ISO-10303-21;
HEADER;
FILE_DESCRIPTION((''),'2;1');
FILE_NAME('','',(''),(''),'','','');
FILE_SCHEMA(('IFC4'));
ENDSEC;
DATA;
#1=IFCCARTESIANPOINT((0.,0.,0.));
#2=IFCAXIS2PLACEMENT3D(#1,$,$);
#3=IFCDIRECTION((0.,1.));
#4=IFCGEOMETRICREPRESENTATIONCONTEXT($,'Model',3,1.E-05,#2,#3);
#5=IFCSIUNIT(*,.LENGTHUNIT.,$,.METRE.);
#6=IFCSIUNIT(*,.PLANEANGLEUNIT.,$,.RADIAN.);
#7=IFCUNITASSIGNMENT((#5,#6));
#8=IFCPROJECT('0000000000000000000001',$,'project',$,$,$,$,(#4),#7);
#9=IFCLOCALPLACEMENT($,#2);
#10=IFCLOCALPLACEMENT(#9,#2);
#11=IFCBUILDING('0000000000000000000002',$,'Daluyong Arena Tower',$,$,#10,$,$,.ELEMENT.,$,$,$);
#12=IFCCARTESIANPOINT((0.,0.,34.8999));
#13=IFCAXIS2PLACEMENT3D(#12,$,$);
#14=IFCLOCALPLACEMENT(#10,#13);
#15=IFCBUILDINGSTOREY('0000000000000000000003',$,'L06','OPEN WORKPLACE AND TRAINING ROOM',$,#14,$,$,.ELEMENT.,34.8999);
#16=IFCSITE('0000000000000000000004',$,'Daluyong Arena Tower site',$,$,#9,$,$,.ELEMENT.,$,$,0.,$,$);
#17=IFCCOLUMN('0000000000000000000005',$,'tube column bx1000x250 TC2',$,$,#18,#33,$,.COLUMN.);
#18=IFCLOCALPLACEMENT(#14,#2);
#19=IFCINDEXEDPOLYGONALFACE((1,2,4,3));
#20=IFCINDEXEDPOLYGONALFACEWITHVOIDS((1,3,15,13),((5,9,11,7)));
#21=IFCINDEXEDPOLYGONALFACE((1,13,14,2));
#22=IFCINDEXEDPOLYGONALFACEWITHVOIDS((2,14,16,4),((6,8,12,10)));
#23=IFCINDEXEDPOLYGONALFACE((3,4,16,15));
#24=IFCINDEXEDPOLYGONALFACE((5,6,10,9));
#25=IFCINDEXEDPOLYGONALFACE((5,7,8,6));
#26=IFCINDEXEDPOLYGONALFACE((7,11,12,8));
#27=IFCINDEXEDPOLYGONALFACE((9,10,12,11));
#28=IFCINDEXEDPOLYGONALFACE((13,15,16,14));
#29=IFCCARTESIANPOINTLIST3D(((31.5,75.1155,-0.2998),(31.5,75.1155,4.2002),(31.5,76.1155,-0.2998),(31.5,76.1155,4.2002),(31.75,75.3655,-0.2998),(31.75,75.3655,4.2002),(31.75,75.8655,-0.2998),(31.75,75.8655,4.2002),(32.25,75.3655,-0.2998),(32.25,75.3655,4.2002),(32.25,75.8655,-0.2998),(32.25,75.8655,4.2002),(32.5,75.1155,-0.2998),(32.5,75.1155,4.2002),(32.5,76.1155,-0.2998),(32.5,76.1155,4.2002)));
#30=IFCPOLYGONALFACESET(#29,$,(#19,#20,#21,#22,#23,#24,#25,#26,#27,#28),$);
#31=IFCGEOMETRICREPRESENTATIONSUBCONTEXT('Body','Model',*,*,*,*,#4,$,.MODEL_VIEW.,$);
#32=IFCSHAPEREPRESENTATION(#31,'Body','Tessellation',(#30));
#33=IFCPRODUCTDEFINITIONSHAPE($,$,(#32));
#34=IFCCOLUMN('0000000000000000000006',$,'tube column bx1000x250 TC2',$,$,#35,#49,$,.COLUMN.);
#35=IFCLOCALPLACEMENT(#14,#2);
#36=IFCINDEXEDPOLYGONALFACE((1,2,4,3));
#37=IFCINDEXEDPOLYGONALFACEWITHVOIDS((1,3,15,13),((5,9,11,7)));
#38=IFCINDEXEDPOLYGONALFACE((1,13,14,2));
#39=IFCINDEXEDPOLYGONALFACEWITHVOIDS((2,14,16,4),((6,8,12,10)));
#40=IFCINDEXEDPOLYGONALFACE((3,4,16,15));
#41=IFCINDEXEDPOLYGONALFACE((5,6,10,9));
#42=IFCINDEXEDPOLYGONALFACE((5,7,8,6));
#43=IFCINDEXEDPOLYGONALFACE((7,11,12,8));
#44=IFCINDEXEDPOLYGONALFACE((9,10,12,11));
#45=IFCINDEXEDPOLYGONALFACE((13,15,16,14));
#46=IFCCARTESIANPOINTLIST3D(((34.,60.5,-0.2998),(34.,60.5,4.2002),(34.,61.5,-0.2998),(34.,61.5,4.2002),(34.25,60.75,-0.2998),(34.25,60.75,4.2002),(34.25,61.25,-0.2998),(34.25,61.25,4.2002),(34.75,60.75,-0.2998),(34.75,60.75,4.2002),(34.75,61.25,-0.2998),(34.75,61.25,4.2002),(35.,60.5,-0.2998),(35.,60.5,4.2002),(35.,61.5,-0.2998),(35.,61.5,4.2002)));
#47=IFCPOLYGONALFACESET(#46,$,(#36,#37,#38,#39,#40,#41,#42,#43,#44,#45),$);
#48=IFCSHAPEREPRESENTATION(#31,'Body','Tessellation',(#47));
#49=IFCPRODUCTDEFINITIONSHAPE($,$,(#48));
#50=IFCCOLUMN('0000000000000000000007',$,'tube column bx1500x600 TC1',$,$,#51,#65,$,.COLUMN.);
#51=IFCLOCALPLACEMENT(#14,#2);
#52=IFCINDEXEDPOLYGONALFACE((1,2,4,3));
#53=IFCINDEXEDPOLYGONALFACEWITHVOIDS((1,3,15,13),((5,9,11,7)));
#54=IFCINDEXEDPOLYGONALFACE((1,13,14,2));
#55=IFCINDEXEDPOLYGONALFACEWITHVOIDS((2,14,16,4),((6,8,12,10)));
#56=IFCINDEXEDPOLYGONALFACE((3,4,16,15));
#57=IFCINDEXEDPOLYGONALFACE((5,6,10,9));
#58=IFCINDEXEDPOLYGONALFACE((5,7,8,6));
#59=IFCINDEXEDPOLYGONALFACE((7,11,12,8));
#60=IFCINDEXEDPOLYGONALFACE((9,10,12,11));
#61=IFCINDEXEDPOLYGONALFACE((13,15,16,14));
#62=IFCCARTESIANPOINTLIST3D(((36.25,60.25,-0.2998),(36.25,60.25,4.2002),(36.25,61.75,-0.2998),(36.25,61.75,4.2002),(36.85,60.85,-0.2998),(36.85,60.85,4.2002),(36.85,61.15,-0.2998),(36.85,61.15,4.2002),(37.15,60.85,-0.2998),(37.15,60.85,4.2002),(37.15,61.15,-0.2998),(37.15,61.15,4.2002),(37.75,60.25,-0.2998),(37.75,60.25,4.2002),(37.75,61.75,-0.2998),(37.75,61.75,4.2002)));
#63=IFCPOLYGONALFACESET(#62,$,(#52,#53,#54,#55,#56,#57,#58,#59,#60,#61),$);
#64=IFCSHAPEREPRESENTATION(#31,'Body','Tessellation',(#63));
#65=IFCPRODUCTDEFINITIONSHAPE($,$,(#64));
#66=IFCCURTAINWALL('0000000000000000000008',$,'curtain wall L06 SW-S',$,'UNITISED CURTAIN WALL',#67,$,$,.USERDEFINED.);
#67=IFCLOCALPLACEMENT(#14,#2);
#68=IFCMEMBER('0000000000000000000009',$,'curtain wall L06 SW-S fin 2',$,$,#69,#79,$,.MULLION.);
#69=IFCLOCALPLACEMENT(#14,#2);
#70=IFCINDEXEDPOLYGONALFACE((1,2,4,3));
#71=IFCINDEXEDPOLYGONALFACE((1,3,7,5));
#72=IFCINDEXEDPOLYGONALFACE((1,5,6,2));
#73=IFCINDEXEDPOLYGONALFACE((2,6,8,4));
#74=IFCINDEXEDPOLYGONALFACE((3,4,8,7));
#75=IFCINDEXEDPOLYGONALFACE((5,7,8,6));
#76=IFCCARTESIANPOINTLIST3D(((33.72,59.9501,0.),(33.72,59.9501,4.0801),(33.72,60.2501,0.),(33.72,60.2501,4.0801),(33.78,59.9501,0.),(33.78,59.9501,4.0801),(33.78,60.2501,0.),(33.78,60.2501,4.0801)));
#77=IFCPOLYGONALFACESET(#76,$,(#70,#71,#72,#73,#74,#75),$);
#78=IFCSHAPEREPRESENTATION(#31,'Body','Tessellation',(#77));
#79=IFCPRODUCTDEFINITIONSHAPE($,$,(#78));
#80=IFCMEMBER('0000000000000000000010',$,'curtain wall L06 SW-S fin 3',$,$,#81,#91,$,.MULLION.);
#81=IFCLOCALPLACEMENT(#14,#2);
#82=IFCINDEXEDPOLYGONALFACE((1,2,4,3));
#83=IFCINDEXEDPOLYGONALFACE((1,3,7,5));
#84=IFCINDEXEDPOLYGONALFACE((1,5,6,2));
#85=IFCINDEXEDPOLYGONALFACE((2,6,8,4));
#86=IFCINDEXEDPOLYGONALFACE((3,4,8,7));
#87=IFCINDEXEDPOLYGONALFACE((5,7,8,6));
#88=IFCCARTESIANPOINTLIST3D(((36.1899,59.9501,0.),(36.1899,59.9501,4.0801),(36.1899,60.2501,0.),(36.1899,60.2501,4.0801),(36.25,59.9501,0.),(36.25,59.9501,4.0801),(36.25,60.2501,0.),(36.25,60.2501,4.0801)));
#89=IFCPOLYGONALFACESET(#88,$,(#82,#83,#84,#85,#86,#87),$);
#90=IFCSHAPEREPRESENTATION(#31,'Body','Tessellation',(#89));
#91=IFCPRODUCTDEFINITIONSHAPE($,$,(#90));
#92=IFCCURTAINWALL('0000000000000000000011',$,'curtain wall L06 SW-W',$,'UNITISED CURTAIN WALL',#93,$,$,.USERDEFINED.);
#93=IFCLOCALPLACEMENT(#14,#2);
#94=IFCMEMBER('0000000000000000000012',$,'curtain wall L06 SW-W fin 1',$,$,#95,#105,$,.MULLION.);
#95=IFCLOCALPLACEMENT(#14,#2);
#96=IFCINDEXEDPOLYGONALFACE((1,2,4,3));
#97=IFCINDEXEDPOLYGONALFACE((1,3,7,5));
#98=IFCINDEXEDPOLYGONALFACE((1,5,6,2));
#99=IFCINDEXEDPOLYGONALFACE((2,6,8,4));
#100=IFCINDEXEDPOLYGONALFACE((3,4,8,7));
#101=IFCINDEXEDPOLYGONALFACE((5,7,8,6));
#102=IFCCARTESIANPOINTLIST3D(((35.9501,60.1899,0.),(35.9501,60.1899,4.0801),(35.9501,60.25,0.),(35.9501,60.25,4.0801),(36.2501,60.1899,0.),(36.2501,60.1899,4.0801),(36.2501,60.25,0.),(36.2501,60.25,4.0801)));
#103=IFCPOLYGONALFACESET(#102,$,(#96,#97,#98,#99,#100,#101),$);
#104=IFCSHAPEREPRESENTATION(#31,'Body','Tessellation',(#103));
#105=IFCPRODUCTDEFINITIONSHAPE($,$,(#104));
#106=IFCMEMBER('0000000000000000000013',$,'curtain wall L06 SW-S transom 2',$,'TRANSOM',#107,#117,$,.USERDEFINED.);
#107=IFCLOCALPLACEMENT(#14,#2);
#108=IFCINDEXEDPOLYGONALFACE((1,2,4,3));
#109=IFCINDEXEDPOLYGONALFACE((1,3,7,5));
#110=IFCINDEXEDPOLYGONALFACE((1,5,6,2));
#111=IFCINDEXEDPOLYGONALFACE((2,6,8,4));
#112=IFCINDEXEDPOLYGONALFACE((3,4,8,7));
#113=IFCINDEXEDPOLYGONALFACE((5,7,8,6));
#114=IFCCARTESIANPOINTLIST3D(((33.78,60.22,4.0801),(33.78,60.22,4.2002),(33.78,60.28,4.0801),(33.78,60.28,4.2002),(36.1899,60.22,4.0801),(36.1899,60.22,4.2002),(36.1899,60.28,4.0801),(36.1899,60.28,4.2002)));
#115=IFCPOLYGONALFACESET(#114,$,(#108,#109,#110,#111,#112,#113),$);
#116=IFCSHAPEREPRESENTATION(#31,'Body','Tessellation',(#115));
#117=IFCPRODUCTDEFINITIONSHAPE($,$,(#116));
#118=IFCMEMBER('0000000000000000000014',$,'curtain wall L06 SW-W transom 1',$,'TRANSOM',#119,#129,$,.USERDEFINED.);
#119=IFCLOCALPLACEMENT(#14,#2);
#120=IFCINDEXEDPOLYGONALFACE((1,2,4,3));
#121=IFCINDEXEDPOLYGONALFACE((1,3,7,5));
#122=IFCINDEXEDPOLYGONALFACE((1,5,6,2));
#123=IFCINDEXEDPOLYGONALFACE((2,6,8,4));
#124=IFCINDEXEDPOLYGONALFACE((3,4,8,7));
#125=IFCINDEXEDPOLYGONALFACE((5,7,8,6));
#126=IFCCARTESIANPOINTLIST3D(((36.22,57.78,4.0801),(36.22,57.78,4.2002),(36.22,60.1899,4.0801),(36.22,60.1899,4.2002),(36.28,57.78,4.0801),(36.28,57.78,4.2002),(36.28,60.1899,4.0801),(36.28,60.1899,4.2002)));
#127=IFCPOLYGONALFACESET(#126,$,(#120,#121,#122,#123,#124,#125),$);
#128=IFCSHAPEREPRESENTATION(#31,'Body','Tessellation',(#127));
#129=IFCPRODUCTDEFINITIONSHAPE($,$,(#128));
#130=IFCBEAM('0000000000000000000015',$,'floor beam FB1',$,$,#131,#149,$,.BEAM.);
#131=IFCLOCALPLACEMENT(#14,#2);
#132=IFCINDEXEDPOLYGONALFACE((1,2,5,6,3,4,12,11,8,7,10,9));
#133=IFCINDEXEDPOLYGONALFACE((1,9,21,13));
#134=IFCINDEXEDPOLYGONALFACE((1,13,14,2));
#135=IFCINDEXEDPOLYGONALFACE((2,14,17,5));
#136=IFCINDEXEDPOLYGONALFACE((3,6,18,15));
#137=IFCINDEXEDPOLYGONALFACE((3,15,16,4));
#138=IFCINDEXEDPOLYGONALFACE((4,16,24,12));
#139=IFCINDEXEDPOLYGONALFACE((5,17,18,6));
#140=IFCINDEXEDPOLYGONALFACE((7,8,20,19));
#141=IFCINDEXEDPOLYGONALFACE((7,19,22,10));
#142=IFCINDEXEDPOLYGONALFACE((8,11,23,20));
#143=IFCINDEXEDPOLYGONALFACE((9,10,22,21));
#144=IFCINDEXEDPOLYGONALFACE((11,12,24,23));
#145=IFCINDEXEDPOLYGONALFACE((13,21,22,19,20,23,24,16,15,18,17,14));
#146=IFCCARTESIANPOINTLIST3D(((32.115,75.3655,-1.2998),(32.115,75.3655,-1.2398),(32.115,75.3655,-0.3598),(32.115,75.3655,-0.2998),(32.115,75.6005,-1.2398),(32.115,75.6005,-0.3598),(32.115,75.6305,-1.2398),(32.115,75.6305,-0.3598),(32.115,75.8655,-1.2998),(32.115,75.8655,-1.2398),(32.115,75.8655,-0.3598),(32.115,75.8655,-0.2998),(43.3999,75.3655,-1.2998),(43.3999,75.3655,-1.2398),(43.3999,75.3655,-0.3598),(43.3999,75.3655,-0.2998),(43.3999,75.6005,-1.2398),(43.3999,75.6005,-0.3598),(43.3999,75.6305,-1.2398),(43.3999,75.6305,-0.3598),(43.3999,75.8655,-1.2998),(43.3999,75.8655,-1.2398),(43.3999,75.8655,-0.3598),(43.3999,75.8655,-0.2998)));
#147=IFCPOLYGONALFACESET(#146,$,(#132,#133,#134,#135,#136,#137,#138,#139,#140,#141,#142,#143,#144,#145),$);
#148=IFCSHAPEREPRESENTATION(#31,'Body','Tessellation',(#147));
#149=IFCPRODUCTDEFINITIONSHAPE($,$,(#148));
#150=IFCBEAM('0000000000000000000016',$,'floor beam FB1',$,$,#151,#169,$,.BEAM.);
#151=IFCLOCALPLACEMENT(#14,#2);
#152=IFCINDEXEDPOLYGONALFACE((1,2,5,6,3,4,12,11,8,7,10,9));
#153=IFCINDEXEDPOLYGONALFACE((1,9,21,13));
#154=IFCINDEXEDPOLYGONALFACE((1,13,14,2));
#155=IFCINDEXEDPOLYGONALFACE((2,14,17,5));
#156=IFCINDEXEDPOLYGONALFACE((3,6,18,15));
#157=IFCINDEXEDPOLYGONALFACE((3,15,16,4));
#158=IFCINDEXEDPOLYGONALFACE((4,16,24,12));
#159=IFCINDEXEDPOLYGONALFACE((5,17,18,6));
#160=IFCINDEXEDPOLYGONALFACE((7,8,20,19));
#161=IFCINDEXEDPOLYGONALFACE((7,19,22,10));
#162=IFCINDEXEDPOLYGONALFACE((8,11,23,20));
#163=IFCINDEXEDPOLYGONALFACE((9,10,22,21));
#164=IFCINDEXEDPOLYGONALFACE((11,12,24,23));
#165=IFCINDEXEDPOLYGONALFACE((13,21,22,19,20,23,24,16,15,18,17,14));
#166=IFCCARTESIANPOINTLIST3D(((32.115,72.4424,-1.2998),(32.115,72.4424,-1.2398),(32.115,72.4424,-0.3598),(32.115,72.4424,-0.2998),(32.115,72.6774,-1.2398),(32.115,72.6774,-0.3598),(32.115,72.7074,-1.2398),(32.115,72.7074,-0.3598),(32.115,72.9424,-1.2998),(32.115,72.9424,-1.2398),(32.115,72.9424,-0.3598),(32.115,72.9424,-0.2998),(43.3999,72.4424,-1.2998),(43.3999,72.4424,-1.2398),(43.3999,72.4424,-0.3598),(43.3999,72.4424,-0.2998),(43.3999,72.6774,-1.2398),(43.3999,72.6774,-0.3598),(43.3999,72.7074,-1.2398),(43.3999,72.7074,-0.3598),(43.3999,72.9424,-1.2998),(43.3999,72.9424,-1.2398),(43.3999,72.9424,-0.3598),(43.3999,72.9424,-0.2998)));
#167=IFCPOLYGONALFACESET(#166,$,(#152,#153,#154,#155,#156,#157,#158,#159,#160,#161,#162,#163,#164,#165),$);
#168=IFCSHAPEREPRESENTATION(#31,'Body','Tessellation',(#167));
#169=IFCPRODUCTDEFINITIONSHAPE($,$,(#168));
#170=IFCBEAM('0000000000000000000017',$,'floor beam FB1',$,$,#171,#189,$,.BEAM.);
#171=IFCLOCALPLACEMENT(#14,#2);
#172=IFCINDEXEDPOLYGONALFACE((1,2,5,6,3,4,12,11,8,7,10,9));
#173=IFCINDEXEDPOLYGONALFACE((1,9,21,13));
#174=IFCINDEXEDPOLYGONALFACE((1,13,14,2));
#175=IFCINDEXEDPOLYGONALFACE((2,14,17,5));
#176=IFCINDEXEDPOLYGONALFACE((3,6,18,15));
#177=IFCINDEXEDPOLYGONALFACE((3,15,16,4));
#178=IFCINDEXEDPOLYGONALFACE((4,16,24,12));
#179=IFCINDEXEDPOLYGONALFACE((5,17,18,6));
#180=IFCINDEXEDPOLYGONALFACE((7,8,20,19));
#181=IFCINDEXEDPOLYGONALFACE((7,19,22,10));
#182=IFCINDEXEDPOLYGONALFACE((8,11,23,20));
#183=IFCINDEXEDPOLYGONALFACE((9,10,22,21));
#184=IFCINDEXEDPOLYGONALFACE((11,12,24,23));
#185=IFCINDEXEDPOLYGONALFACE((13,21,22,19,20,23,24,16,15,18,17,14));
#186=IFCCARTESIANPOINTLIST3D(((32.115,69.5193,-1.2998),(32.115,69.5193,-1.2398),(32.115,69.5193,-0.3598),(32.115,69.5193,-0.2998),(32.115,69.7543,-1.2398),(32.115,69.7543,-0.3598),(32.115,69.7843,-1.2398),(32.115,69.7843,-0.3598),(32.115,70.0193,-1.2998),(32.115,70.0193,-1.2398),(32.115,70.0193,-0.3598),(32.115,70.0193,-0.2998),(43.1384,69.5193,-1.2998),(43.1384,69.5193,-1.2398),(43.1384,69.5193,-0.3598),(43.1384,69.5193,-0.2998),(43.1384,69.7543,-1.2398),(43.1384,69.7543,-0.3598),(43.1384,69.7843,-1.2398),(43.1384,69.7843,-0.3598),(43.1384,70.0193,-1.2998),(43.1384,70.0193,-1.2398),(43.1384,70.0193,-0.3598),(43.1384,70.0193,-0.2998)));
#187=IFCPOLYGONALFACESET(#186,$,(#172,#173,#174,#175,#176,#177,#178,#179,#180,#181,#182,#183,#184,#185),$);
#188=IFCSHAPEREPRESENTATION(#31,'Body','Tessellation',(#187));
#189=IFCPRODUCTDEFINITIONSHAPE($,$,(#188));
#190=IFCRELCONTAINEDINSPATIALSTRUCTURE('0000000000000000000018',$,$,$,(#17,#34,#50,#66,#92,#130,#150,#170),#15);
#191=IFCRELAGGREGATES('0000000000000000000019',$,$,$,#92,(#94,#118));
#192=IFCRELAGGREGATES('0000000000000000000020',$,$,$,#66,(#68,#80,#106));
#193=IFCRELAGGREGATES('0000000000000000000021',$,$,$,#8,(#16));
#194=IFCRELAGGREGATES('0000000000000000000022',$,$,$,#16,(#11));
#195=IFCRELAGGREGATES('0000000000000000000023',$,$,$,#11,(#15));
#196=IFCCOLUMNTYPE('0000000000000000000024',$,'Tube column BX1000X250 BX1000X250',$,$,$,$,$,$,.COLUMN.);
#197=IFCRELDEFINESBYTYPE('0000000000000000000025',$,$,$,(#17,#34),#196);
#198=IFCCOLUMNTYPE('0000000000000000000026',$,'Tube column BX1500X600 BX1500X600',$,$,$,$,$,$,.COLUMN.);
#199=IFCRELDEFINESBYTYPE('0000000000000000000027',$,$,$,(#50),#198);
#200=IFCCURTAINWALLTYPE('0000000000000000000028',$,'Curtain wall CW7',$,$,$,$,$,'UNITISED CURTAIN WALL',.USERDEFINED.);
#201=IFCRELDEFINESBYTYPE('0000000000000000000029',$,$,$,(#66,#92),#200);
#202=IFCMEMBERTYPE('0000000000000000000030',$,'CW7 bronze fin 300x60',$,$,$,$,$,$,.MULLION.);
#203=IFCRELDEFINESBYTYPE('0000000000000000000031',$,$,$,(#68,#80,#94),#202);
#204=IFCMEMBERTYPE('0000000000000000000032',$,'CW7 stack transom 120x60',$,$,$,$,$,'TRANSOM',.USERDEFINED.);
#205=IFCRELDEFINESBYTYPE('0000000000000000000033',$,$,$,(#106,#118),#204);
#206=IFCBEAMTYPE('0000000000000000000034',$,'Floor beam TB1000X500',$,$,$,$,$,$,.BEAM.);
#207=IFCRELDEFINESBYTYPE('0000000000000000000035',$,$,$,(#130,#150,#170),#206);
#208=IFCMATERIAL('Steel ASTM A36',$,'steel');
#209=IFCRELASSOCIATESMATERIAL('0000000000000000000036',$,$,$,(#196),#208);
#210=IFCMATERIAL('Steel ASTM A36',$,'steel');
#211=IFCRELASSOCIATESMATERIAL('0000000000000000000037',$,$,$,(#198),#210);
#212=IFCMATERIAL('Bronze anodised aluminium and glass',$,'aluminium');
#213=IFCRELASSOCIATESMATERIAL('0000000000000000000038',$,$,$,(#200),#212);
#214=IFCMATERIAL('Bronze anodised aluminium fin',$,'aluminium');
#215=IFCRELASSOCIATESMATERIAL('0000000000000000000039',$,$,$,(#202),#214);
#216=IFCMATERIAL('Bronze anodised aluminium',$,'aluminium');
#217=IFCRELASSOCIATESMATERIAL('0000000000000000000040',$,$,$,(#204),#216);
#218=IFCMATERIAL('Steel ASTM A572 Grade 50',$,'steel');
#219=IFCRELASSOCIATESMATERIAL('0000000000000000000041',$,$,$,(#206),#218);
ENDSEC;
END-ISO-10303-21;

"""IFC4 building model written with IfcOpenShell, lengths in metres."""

from ifc_helpers import new_model, si_unit, direction, frame, origin, origin_2d, place, context, subcontext, project, spatial, rectangle, hollow_rectangle, i_section, extrude, material, material_profile, profile_set, type_object, element, aggregate, save


model = new_model("IFC4")

# Units and contexts
model_context = context("Model", 3, precision=1e-05, world=origin(), true_north=direction((0.0, 1.0)))
body_context = subcontext(model_context, "Body", "Model", "MODEL_VIEW")
ifc_project = project(units=[si_unit("LENGTHUNIT", "METRE"), si_unit("PLANEANGLEUNIT", "RADIAN")], contexts=[model_context])

# Site, building, storey
site_placement = place(None, origin())
site = spatial("IfcSite", under=ifc_project, at=site_placement, Name="Daluyong Arena Tower site", CompositionType="ELEMENT", RefElevation=0.0)
building_placement = place(site_placement, origin())
building = spatial("IfcBuilding", under=site, at=building_placement, Name="Daluyong Arena Tower", CompositionType="ELEMENT")
storey_placement = place(building_placement, frame((0.0, 0.0, 34.8999)))
storey = spatial("IfcBuildingStorey", under=building, at=storey_placement, Name="L06", Description="OPEN WORKPLACE AND TRAINING ROOM", CompositionType="ELEMENT", Elevation=34.8999)

# Columns
ifc_material_1 = material(Name="Steel ASTM A36", Category="steel")
ifc_material_profile_1 = material_profile(ifc_material_1, hollow_rectangle(XDim=1.0, YDim=1.0, WallThickness=0.25, at=origin_2d()))
ifc_profile_set_1 = profile_set([ifc_material_profile_1], Name="Steel ASTM A36")
column_type_1 = type_object("IfcColumnType", Name="Tube column BX1000X250 BX1000X250", PredefinedType="COLUMN", material=ifc_profile_set_1)
for number, where, z_axis, x_axis, name in (
    (1, (32.0, 75.6155, -0.2998), (0.0, 0.0, 1.0), (0.0, 1.0, 0.0), "tube column bx1000x250 TC2"),
    (2, (34.5, 61.0, -0.2998), (0.0, 0.0, 1.0), (1.0, 0.0, 0.0), "tube column bx1000x250 TC2"),
):
    element("IfcColumn", number, at=place(storey_placement, frame(where, z_axis=z_axis, x_axis=x_axis)), inside=storey, type_object=column_type_1, Name=name, PredefinedType="COLUMN", context=body_context, shape_type="SweptSolid", body=[
        extrude(hollow_rectangle(XDim=1.0, YDim=1.0, WallThickness=0.25, at=origin_2d()), origin(), (0.0, 0.0, 1.0), 4.5),
    ])
ifc_material_2 = material(Name="Steel ASTM A36", Category="steel")
ifc_material_profile_2 = material_profile(ifc_material_2, hollow_rectangle(XDim=1.5, YDim=1.5, WallThickness=0.6, at=origin_2d()))
ifc_profile_set_2 = profile_set([ifc_material_profile_2], Name="Steel ASTM A36")
column_type_2 = type_object("IfcColumnType", Name="Tube column BX1500X600 BX1500X600", PredefinedType="COLUMN", material=ifc_profile_set_2)
column_placement = place(storey_placement, frame((37.0, 61.0, -0.2998), z_axis=(0.0, 0.0, 1.0), x_axis=(0.0, 1.0, 0.0)))
element("IfcColumn", 3, at=column_placement, inside=storey, type_object=column_type_2, Name="tube column bx1500x600 TC1", PredefinedType="COLUMN", context=body_context, shape_type="SweptSolid", body=[
    extrude(hollow_rectangle(XDim=1.5, YDim=1.5, WallThickness=0.6, at=origin_2d()), origin(), (0.0, 0.0, 1.0), 4.5),
])

# Curtain wall, members
ifc_material_3 = material(Name="Bronze anodised aluminium and glass", Category="aluminium")
curtain_wall_type = type_object("IfcCurtainWallType", Name="Curtain wall CW7", ElementType="UNITISED CURTAIN WALL", PredefinedType="USERDEFINED", material=ifc_material_3)
curtain_wall_1_placement = place(storey_placement, origin())
curtain_wall_1 = element("IfcCurtainWall", 4, at=curtain_wall_1_placement, inside=storey, type_object=curtain_wall_type, Name="curtain wall L06 SW-S", ObjectType="UNITISED CURTAIN WALL", PredefinedType="USERDEFINED")
ifc_material_4 = material(Name="Bronze anodised aluminium fin", Category="aluminium")
ifc_material_profile_3 = material_profile(ifc_material_4, rectangle(XDim=0.3, YDim=0.0601, at=origin_2d()))
ifc_profile_set_3 = profile_set([ifc_material_profile_3], Name="Bronze anodised aluminium fin")
member_type_1 = type_object("IfcMemberType", Name="CW7 bronze fin 300x60", PredefinedType="MULLION", material=ifc_profile_set_3)
member_1_placement = place(storey_placement, frame((33.75, 60.1001, 0.0), z_axis=(0.0, 0.0, 1.0), x_axis=(0.0, 1.0, 0.0)))
member_1 = element("IfcMember", 5, at=member_1_placement, type_object=member_type_1, Name="curtain wall L06 SW-S fin 2", PredefinedType="MULLION", context=body_context, shape_type="SweptSolid", body=[
    extrude(rectangle(XDim=0.3, YDim=0.0601, at=origin_2d()), origin(), (0.0, 0.0, 1.0), 4.0801),
])
member_2_placement = place(storey_placement, frame((36.22, 60.1001, 0.0), z_axis=(0.0, 0.0, 1.0), x_axis=(0.0, 1.0, 0.0)))
member_2 = element("IfcMember", 6, at=member_2_placement, type_object=member_type_1, Name="curtain wall L06 SW-S fin 3", PredefinedType="MULLION", context=body_context, shape_type="SweptSolid", body=[
    extrude(rectangle(XDim=0.3, YDim=0.0601, at=origin_2d()), origin(), (0.0, 0.0, 1.0), 4.0801),
])

# Curtain wall, member
curtain_wall_2_placement = place(storey_placement, origin())
curtain_wall_2 = element("IfcCurtainWall", 7, at=curtain_wall_2_placement, inside=storey, type_object=curtain_wall_type, Name="curtain wall L06 SW-W", ObjectType="UNITISED CURTAIN WALL", PredefinedType="USERDEFINED")
member_3_placement = place(storey_placement, frame((36.1001, 60.22, 0.0), z_axis=(0.0, 0.0, 1.0), x_axis=(1.0, 0.0, 0.0)))
member_3 = element("IfcMember", 8, at=member_3_placement, type_object=member_type_1, Name="curtain wall L06 SW-W fin 1", PredefinedType="MULLION", context=body_context, shape_type="SweptSolid", body=[
    extrude(rectangle(XDim=0.3, YDim=0.0601, at=origin_2d()), origin(), (0.0, 0.0, 1.0), 4.0801),
])

# Members
ifc_material_5 = material(Name="Bronze anodised aluminium", Category="aluminium")
ifc_material_profile_4 = material_profile(ifc_material_5, rectangle(XDim=0.0601, YDim=0.1201, at=origin_2d()))
ifc_profile_set_4 = profile_set([ifc_material_profile_4], Name="Bronze anodised aluminium")
member_type_2 = type_object("IfcMemberType", Name="CW7 stack transom 120x60", ElementType="TRANSOM", PredefinedType="USERDEFINED", material=ifc_profile_set_4)
member_4_placement = place(storey_placement, frame((33.78, 60.25, 4.1401), z_axis=(1.0, 0.0, 0.0), x_axis=(0.0, 1.0, 0.0)))
member_4 = element("IfcMember", 9, at=member_4_placement, type_object=member_type_2, Name="curtain wall L06 SW-S transom 2", ObjectType="TRANSOM", PredefinedType="USERDEFINED", context=body_context, shape_type="SweptSolid", body=[
    extrude(rectangle(XDim=0.0601, YDim=0.1201, at=origin_2d()), origin(), (0.0, 0.0, 1.0), 2.4099),
])
member_5_placement = place(storey_placement, frame((36.25, 60.1899, 4.1401), z_axis=(0.0, -1.0, 0.0), x_axis=(1.0, 0.0, 0.0)))
member_5 = element("IfcMember", 10, at=member_5_placement, type_object=member_type_2, Name="curtain wall L06 SW-W transom 1", ObjectType="TRANSOM", PredefinedType="USERDEFINED", context=body_context, shape_type="SweptSolid", body=[
    extrude(rectangle(XDim=0.0601, YDim=0.1201, at=origin_2d()), origin(), (0.0, 0.0, 1.0), 2.4099),
])
aggregate(curtain_wall_2, [member_3, member_5])

# Beams
ifc_material_6 = material(Name="Steel ASTM A572 Grade 50", Category="steel")
ifc_material_profile_5 = material_profile(ifc_material_6, i_section(OverallWidth=0.5, OverallDepth=1.0, WebThickness=0.03, FlangeThickness=0.06, at=origin_2d()))
ifc_profile_set_5 = profile_set([ifc_material_profile_5], Name="Steel ASTM A572 Grade 50")
beam_type = type_object("IfcBeamType", Name="Floor beam TB1000X500", PredefinedType="BEAM", material=ifc_profile_set_5)
for number, where, z_axis, x_axis, name in (
    (11, (32.115, 75.6155, -0.7998), (1.0, 0.0, 0.0), (0.0, 1.0, 0.0), "floor beam FB1"),
    (12, (32.115, 72.6924, -0.7998), (1.0, 0.0, 0.0), (0.0, 1.0, 0.0), "floor beam FB1"),
):
    element("IfcBeam", number, at=place(storey_placement, frame(where, z_axis=z_axis, x_axis=x_axis)), inside=storey, type_object=beam_type, Name=name, PredefinedType="BEAM", context=body_context, shape_type="SweptSolid", body=[
        extrude(i_section(OverallWidth=0.5, OverallDepth=1.0, WebThickness=0.03, FlangeThickness=0.06, at=origin_2d()), origin(), (0.0, 0.0, 1.0), 11.2849),
    ])
beam_1_placement = place(storey_placement, frame((32.115, 69.7693, -0.7998), z_axis=(1.0, 0.0, 0.0), x_axis=(0.0, 1.0, 0.0)))
element("IfcBeam", 13, at=beam_1_placement, inside=storey, type_object=beam_type, Name="floor beam FB1", PredefinedType="BEAM", context=body_context, shape_type="SweptSolid", body=[
    extrude(i_section(OverallWidth=0.5, OverallDepth=1.0, WebThickness=0.03, FlangeThickness=0.06, at=origin_2d()), origin(), (0.0, 0.0, 1.0), 11.0234),
])

aggregate(curtain_wall_1, [member_1, member_2, member_4])

save(model, "model.ifc")
